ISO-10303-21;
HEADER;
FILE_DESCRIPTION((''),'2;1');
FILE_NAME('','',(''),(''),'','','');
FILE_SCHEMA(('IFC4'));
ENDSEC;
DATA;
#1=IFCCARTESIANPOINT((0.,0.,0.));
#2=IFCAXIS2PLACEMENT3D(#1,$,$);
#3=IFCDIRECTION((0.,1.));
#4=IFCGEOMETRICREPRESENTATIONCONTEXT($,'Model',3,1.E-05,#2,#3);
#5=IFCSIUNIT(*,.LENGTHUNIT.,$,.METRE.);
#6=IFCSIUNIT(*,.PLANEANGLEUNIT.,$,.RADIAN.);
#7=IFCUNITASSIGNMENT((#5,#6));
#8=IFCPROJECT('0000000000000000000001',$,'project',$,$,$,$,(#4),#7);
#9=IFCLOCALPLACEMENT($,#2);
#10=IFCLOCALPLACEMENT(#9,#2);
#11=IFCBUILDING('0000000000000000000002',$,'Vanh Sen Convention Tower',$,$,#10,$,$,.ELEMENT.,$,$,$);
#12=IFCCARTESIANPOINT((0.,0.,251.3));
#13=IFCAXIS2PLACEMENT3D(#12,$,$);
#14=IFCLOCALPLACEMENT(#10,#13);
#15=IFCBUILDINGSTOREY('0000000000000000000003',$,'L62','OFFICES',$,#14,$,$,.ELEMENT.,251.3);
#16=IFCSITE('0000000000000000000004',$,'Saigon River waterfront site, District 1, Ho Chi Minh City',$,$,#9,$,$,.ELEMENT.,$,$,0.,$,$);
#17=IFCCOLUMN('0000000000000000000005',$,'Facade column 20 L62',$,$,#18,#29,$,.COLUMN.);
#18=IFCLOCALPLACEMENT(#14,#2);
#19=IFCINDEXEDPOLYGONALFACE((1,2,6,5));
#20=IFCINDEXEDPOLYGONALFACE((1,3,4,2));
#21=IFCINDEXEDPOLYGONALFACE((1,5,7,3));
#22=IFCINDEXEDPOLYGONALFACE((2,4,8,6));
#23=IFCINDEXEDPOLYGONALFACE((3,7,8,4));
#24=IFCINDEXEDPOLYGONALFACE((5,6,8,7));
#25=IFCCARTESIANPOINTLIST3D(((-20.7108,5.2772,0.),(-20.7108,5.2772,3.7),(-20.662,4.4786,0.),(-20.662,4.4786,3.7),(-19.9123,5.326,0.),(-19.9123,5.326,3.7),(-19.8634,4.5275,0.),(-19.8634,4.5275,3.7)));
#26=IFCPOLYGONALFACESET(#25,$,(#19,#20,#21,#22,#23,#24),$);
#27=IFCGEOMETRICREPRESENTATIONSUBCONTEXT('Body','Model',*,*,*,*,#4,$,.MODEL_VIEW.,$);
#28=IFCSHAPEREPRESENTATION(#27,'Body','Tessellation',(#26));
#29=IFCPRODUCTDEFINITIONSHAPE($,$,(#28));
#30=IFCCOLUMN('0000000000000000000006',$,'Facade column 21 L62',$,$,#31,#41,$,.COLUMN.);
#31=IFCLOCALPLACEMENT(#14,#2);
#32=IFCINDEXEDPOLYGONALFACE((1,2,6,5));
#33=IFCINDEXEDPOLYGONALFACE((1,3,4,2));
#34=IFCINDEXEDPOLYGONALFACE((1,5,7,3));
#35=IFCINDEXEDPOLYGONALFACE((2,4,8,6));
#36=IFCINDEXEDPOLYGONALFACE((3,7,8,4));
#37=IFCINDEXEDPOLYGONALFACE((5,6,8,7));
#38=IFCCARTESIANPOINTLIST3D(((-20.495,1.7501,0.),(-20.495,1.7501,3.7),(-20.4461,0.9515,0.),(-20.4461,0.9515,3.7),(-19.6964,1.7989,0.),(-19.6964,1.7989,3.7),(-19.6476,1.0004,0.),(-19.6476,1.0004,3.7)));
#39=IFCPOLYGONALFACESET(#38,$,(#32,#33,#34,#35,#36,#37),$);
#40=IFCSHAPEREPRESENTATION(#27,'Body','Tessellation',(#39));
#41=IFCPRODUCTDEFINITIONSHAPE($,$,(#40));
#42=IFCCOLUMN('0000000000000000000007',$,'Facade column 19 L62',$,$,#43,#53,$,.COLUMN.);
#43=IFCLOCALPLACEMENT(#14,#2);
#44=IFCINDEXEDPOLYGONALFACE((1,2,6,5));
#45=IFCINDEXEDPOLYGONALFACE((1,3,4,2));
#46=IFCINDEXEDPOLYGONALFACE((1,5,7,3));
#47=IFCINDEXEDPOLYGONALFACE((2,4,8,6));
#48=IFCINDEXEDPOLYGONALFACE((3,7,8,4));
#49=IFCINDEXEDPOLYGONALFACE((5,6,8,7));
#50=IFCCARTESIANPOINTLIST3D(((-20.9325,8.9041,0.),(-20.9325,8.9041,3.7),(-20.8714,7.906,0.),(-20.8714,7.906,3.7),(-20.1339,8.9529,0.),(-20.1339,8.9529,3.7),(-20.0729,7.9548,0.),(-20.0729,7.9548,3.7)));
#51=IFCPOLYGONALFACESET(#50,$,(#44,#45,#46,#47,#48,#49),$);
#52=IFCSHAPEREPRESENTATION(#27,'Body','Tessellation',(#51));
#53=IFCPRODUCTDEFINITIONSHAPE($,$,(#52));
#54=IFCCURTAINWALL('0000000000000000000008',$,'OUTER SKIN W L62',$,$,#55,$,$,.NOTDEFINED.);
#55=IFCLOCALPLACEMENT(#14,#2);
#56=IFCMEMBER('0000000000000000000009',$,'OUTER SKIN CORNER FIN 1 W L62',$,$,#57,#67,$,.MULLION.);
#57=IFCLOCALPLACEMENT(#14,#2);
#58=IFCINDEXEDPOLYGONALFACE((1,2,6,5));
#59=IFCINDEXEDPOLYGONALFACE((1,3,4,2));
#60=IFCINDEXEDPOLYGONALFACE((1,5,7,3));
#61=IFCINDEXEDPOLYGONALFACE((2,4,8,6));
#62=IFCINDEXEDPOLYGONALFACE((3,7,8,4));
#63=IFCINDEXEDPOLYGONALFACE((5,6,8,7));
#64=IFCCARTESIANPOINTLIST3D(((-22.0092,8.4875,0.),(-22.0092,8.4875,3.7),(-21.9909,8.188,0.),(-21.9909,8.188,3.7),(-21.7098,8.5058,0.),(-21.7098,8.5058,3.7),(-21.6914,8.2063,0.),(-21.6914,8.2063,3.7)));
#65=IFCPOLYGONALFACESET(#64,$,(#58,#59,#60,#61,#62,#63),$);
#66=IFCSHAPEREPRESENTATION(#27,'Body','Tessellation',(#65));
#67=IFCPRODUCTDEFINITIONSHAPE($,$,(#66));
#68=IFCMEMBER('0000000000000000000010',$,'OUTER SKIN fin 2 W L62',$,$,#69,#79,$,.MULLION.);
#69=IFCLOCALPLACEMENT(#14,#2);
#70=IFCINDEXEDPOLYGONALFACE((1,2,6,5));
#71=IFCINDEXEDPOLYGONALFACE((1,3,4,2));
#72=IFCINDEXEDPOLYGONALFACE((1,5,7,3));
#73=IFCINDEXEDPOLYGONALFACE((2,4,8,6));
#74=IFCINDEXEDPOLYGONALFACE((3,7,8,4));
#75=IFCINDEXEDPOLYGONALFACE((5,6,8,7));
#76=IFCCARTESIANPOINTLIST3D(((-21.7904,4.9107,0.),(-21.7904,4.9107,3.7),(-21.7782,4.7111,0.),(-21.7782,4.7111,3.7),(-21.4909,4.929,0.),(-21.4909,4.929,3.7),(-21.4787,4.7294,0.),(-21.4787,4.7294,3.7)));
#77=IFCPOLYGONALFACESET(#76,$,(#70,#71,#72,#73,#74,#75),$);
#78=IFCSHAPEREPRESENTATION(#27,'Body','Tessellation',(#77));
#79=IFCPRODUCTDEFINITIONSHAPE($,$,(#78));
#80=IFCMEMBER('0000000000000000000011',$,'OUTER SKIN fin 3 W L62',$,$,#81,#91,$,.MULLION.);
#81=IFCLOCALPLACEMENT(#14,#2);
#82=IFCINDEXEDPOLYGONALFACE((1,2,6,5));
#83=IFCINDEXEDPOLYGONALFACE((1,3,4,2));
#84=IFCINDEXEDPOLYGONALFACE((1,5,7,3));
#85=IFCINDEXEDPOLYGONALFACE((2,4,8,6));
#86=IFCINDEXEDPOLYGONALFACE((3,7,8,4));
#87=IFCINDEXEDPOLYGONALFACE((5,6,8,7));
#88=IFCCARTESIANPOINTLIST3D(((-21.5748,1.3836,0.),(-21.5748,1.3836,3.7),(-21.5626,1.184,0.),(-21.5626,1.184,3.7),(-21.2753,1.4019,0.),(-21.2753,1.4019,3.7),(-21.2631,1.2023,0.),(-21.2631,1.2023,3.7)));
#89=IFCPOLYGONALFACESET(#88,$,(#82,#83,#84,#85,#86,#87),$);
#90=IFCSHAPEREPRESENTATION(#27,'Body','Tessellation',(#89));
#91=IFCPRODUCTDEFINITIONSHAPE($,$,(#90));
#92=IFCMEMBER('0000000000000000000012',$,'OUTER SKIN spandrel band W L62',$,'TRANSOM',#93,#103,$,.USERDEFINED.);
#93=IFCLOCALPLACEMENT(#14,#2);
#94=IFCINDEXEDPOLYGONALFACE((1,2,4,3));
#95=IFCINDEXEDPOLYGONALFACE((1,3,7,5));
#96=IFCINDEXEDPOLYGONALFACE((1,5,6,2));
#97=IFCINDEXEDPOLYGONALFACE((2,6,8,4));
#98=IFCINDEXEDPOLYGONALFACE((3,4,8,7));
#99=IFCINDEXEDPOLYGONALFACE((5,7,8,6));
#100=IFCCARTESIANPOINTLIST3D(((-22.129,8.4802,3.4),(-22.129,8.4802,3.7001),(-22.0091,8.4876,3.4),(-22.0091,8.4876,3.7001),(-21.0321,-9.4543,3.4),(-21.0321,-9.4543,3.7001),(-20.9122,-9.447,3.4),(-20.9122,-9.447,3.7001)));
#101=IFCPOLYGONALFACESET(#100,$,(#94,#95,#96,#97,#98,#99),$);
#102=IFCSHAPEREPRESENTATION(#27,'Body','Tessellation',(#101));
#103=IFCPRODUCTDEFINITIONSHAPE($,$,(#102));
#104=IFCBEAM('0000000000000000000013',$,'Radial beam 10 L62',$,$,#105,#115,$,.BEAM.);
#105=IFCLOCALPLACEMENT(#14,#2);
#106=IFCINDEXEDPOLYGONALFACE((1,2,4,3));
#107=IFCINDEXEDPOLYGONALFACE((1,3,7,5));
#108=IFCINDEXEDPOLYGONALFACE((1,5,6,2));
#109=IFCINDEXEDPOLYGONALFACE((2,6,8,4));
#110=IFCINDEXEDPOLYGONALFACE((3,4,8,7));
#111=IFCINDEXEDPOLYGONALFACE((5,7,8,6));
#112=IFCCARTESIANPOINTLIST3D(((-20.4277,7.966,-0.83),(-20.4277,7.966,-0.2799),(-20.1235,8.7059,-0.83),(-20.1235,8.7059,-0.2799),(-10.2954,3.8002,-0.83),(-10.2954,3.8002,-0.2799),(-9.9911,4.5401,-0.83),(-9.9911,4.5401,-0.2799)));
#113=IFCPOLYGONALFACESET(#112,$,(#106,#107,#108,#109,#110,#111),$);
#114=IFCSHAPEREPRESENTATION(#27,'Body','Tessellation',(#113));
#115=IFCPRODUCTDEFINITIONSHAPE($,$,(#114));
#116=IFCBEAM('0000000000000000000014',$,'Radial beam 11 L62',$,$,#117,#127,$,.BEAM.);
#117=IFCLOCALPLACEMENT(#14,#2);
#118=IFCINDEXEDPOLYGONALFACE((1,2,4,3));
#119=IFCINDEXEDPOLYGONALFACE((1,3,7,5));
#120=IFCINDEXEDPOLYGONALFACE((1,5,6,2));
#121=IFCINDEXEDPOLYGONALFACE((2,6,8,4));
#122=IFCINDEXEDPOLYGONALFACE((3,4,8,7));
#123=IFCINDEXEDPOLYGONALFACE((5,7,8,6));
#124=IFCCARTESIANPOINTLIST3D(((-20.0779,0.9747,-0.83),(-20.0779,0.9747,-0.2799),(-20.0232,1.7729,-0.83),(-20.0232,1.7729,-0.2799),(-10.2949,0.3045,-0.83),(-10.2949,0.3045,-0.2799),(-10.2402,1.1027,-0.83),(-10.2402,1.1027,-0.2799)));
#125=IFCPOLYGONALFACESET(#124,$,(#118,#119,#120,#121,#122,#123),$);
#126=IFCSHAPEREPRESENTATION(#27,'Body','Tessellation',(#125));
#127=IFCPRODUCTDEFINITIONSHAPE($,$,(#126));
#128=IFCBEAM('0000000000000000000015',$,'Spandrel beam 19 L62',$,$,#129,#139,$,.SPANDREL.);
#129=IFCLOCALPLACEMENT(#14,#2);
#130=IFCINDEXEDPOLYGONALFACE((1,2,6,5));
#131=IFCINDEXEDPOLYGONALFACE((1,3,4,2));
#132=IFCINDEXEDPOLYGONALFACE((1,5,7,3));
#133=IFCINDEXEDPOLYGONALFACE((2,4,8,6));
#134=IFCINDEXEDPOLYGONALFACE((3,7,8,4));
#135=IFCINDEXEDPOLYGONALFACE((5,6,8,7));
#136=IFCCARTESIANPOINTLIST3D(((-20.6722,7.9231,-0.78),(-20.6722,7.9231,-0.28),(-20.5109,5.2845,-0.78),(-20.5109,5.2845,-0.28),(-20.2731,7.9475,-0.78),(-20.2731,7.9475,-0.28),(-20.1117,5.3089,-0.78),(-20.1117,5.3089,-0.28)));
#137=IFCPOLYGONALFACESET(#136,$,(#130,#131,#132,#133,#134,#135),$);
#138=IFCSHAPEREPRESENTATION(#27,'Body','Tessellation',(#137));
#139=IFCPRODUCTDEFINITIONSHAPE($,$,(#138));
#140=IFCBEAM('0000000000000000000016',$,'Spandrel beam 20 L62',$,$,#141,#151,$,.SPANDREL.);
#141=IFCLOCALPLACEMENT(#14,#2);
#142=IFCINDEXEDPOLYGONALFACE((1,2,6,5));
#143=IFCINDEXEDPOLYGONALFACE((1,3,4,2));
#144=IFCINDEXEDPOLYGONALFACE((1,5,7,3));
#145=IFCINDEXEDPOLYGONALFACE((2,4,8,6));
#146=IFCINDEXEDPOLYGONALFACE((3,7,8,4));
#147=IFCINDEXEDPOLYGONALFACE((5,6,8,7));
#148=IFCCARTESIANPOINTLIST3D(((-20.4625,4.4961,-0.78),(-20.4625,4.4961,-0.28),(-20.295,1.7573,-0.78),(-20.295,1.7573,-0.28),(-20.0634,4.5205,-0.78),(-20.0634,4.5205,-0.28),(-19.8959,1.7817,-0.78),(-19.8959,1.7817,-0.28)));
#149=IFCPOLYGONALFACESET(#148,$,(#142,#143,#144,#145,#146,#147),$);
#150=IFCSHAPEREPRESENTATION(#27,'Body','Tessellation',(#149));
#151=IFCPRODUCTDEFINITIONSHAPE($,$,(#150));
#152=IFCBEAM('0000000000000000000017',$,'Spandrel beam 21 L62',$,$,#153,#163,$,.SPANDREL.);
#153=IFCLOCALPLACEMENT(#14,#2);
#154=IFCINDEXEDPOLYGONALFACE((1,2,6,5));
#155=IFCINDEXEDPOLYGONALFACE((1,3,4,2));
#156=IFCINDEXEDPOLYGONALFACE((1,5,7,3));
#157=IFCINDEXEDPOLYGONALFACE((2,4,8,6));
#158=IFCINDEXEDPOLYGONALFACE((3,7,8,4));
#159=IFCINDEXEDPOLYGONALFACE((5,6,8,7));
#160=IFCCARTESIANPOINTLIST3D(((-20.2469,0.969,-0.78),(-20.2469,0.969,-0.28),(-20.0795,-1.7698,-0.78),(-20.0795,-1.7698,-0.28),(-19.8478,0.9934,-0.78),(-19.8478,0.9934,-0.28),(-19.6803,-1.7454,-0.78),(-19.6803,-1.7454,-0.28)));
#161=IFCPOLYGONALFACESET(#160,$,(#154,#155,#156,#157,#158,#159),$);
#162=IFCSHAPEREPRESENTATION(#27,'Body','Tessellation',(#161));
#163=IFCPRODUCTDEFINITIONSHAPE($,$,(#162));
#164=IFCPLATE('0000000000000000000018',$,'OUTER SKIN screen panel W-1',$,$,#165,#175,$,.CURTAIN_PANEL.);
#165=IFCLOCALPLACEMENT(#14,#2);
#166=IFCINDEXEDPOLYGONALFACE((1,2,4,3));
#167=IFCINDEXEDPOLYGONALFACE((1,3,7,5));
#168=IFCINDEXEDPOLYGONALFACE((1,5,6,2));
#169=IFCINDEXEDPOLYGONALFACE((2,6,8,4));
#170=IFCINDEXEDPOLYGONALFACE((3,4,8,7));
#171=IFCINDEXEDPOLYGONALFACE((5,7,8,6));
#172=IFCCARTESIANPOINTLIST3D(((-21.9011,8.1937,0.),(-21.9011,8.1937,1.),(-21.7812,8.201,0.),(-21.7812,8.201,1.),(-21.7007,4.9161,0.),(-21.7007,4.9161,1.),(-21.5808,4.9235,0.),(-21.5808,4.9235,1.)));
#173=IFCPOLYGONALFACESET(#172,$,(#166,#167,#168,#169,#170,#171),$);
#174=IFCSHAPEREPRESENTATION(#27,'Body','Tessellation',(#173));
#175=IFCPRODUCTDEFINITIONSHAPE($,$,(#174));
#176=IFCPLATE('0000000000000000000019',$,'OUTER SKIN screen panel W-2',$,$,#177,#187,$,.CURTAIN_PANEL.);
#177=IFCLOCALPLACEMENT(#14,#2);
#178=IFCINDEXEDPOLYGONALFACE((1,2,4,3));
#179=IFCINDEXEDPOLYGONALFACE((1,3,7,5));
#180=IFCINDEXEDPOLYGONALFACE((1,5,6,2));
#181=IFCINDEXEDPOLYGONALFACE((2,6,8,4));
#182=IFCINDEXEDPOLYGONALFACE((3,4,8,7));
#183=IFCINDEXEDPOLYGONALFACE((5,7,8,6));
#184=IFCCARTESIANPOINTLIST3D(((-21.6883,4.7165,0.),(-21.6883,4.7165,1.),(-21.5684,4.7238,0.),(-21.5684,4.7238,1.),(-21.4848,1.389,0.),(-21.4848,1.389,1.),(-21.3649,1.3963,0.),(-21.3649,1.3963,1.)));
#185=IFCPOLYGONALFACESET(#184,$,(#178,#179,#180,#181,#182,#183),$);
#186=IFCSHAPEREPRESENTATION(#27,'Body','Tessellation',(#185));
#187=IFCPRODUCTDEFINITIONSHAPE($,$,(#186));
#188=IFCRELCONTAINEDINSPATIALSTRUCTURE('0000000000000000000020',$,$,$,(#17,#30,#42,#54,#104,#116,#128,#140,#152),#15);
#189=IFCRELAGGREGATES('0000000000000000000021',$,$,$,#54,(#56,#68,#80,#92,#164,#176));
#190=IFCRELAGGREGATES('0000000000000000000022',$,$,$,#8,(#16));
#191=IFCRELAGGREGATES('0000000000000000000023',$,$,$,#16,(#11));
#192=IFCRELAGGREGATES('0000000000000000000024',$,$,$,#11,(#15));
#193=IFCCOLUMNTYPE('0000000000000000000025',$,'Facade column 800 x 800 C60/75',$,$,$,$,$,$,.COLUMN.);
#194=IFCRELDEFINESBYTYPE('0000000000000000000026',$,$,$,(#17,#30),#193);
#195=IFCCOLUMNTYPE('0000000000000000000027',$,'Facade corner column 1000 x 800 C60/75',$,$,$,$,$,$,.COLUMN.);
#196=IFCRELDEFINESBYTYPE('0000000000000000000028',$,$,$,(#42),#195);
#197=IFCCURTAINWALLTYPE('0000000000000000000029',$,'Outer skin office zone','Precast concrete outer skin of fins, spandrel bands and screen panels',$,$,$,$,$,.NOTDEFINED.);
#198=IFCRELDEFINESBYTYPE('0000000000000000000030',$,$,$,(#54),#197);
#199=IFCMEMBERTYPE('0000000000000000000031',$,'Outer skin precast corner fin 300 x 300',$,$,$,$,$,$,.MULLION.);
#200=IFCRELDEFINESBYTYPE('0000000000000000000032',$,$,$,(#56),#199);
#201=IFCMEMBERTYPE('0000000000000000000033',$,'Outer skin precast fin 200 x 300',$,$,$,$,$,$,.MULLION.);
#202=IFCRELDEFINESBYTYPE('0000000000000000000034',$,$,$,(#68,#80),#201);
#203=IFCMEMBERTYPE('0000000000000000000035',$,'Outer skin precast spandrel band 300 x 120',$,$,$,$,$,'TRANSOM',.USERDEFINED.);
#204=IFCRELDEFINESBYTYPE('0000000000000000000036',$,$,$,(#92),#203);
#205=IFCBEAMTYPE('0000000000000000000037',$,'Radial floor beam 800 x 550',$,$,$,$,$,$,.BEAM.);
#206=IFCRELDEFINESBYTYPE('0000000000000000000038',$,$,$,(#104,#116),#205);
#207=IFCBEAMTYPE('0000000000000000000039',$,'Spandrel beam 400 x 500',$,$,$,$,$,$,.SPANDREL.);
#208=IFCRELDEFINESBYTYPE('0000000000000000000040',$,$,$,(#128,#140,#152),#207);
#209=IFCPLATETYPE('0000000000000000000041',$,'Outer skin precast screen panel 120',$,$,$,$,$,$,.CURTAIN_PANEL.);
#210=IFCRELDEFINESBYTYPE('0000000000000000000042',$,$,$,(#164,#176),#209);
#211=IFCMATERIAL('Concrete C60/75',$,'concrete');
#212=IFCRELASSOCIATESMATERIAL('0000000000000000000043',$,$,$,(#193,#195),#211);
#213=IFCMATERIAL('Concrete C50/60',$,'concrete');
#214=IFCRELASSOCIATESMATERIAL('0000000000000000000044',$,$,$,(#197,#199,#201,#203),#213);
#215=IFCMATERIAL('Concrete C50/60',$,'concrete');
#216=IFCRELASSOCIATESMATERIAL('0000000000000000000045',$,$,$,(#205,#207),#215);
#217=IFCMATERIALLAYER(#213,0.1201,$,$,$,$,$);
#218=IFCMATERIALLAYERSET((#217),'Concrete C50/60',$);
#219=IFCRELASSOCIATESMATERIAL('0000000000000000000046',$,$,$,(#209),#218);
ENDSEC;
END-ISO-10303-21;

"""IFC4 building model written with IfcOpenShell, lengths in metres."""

from ifc_helpers import new_model, si_unit, direction, frame, origin, origin_2d, place, context, subcontext, project, spatial, rectangle, extrude, material, layer, layer_set, material_profile, profile_set, type_object, element, aggregate, save


model = new_model("IFC4")

# Units and contexts
model_context = context("Model", 3, precision=1e-05, world=origin(), true_north=direction((0.0, 1.0)))
body_context = subcontext(model_context, "Body", "Model", "MODEL_VIEW")
ifc_project = project(units=[si_unit("LENGTHUNIT", "METRE"), si_unit("PLANEANGLEUNIT", "RADIAN")], contexts=[model_context])

# Site, building, storey
site_placement = place(None, origin())
site = spatial("IfcSite", under=ifc_project, at=site_placement, Name="Saigon River waterfront site, District 1, Ho Chi Minh City", CompositionType="ELEMENT", RefElevation=0.0)
building_placement = place(site_placement, origin())
building = spatial("IfcBuilding", under=site, at=building_placement, Name="Vanh Sen Convention Tower", CompositionType="ELEMENT")
storey_placement = place(building_placement, frame((0.0, 0.0, 251.3)))
storey = spatial("IfcBuildingStorey", under=building, at=storey_placement, Name="L62", Description="OFFICES", CompositionType="ELEMENT", Elevation=251.3)

# Columns
ifc_material_1 = material(Name="Concrete C60/75", Category="concrete")
ifc_material_profile_1 = material_profile(ifc_material_1, rectangle(XDim=0.8, YDim=0.8, at=origin_2d()), Name="RC 800X800")
ifc_profile_set_1 = profile_set([ifc_material_profile_1], Name="Concrete C60/75")
column_type_1 = type_object("IfcColumnType", Name="Facade column 800 x 800 C60/75", PredefinedType="COLUMN", material=ifc_profile_set_1)
for number, where, z_axis, x_axis, name in (
    (1, (-20.2871, 4.9023, 0.0), (0.0, 0.0, 1.0), (0.061049, -0.998135, 0.0), "Facade column 20 L62"),
    (2, (-20.0713, 1.3752, 0.0), (0.0, 0.0, 1.0), (0.061049, -0.998135, 0.0), "Facade column 21 L62"),
):
    element("IfcColumn", number, at=place(storey_placement, frame(where, z_axis=z_axis, x_axis=x_axis)), inside=storey, type_object=column_type_1, Name=name, PredefinedType="COLUMN", context=body_context, shape_type="SweptSolid", body=[
        extrude(rectangle(XDim=0.8, YDim=0.8, at=origin_2d()), origin(), (0.0, 0.0, 1.0), 3.7),
    ])
ifc_material_profile_2 = material_profile(ifc_material_1, rectangle(XDim=1.0, YDim=0.8, at=origin_2d()), Name="RC 1000X800")
ifc_profile_set_2 = profile_set([ifc_material_profile_2], Name="Concrete C60/75")
column_type_2 = type_object("IfcColumnType", Name="Facade corner column 1000 x 800 C60/75", PredefinedType="COLUMN", material=ifc_profile_set_2)
column_placement = place(storey_placement, frame((-20.5027, 8.4294, 0.0), z_axis=(0.0, 0.0, 1.0), x_axis=(0.061049, -0.998135, 0.0)))
element("IfcColumn", 3, at=column_placement, inside=storey, type_object=column_type_2, Name="Facade column 19 L62", PredefinedType="COLUMN", context=body_context, shape_type="SweptSolid", body=[
    extrude(rectangle(XDim=1.0, YDim=0.8, at=origin_2d()), origin(), (0.0, 0.0, 1.0), 3.7),
])

# Curtain wall, members
ifc_material_2 = material(Name="Concrete C50/60", Category="concrete")
curtain_wall_type = type_object("IfcCurtainWallType", Name="Outer skin office zone", Description="Precast concrete outer skin of fins, spandrel bands and screen panels", PredefinedType="NOTDEFINED", material=ifc_material_2)
curtain_wall_placement = place(storey_placement, origin())
curtain_wall = element("IfcCurtainWall", 4, at=curtain_wall_placement, inside=storey, type_object=curtain_wall_type, Name="OUTER SKIN W L62", PredefinedType="NOTDEFINED")
ifc_material_profile_3 = material_profile(ifc_material_2, rectangle(XDim=0.3, YDim=0.3, at=origin_2d()), Name="Outer skin precast corner fin 300 x 300")
ifc_profile_set_3 = profile_set([ifc_material_profile_3], Name="Concrete C50/60")
member_type_1 = type_object("IfcMemberType", Name="Outer skin precast corner fin 300 x 300", PredefinedType="MULLION", material=ifc_profile_set_3)
member_1_placement = place(storey_placement, frame((-21.8503, 8.3469, 0.0), z_axis=(0.0, 0.0, 1.0), x_axis=(0.061049, -0.998135, 0.0)))
member_1 = element("IfcMember", 5, at=member_1_placement, type_object=member_type_1, Name="OUTER SKIN CORNER FIN 1 W L62", PredefinedType="MULLION", context=body_context, shape_type="SweptSolid", body=[
    extrude(rectangle(XDim=0.3, YDim=0.3, at=origin_2d()), origin(), (0.0, 0.0, 1.0), 3.7),
])
ifc_material_profile_4 = material_profile(ifc_material_2, rectangle(XDim=0.2, YDim=0.3, at=origin_2d()), Name="Outer skin precast fin 200 x 300")
ifc_profile_set_4 = profile_set([ifc_material_profile_4], Name="Concrete C50/60")
member_type_2 = type_object("IfcMemberType", Name="Outer skin precast fin 200 x 300", PredefinedType="MULLION", material=ifc_profile_set_4)
member_2_placement = place(storey_placement, frame((-21.6345, 4.8201, 0.0), z_axis=(0.0, 0.0, 1.0), x_axis=(0.061049, -0.998135, 0.0)))
member_2 = element("IfcMember", 6, at=member_2_placement, type_object=member_type_2, Name="OUTER SKIN fin 2 W L62", PredefinedType="MULLION", context=body_context, shape_type="SweptSolid", body=[
    extrude(rectangle(XDim=0.2, YDim=0.3, at=origin_2d()), origin(), (0.0, 0.0, 1.0), 3.7),
])
member_3_placement = place(storey_placement, frame((-21.4189, 1.293, 0.0), z_axis=(0.0, 0.0, 1.0), x_axis=(0.061049, -0.998135, 0.0)))
member_3 = element("IfcMember", 7, at=member_3_placement, type_object=member_type_2, Name="OUTER SKIN fin 3 W L62", PredefinedType="MULLION", context=body_context, shape_type="SweptSolid", body=[
    extrude(rectangle(XDim=0.2, YDim=0.3, at=origin_2d()), origin(), (0.0, 0.0, 1.0), 3.7),
])
ifc_material_profile_5 = material_profile(ifc_material_2, rectangle(XDim=0.1201, YDim=0.3, at=origin_2d()), Name="Outer skin precast spandrel band 300 x 120")
ifc_profile_set_5 = profile_set([ifc_material_profile_5], Name="Concrete C50/60")
member_type_3 = type_object("IfcMemberType", Name="Outer skin precast spandrel band 300 x 120", ElementType="TRANSOM", PredefinedType="USERDEFINED", material=ifc_profile_set_5)
member_4_placement = place(storey_placement, frame((-22.0691, 8.4839, 3.55), z_axis=(0.061048, -0.998135, 0.0), x_axis=(0.998135, 0.061048, 0.0)))
member_4 = element("IfcMember", 8, at=member_4_placement, type_object=member_type_3, Name="OUTER SKIN spandrel band W L62", ObjectType="TRANSOM", PredefinedType="USERDEFINED", context=body_context, shape_type="SweptSolid", body=[
    extrude(rectangle(XDim=0.1201, YDim=0.3, at=origin_2d()), origin(), (0.0, 0.0, 1.0), 17.968),
])

# Beams
ifc_material_3 = material(Name="Concrete C50/60", Category="concrete")
ifc_material_profile_6 = material_profile(ifc_material_3, rectangle(XDim=0.8, YDim=0.55, at=origin_2d()), Name="RC 800X550")
ifc_profile_set_6 = profile_set([ifc_material_profile_6], Name="Concrete C50/60")
beam_type_1 = type_object("IfcBeamType", Name="Radial floor beam 800 x 550", PredefinedType="BEAM", material=ifc_profile_set_6)
beam_1_placement = place(storey_placement, frame((-20.2756, 8.3359, -0.5549), z_axis=(0.924882, -0.380253, 0.0), x_axis=(0.380253, 0.924882, 0.0)))
element("IfcBeam", 9, at=beam_1_placement, inside=storey, type_object=beam_type_1, Name="Radial beam 10 L62", PredefinedType="BEAM", context=body_context, shape_type="SweptSolid", body=[
    extrude(rectangle(XDim=0.8, YDim=0.55, at=origin_2d()), origin(), (0.0, 0.0, 1.0), 10.9553),
])
beam_2_placement = place(storey_placement, frame((-20.0505, 1.3738, -0.5549), z_axis=(0.997662, -0.068343, 0.0), x_axis=(0.068343, 0.997662, 0.0)))
element("IfcBeam", 10, at=beam_2_placement, inside=storey, type_object=beam_type_1, Name="Radial beam 11 L62", PredefinedType="BEAM", context=body_context, shape_type="SweptSolid", body=[
    extrude(rectangle(XDim=0.8, YDim=0.55, at=origin_2d()), origin(), (0.0, 0.0, 1.0), 9.8059),
])
ifc_material_profile_7 = material_profile(ifc_material_3, rectangle(XDim=0.3999, YDim=0.5, at=origin_2d()), Name="RC 400X500")
ifc_profile_set_7 = profile_set([ifc_material_profile_7], Name="Concrete C50/60")
beam_type_2 = type_object("IfcBeamType", Name="Spandrel beam 400 x 500", PredefinedType="SPANDREL", material=ifc_profile_set_7)
beam_3_placement = place(storey_placement, frame((-20.4727, 7.9353, -0.53), z_axis=(0.061044, -0.998135, 0.0), x_axis=(0.998135, 0.061044, 0.0)))
element("IfcBeam", 11, at=beam_3_placement, inside=storey, type_object=beam_type_2, Name="Spandrel beam 19 L62", PredefinedType="SPANDREL", context=body_context, shape_type="SweptSolid", body=[
    extrude(rectangle(XDim=0.3999, YDim=0.5, at=origin_2d()), origin(), (0.0, 0.0, 1.0), 2.6436),
])
for number, where, z_axis, x_axis, name in (
    (12, (-20.2629, 4.5083, -0.53), (0.061038, -0.998135, 0.0), (0.998135, 0.061038, 0.0), "Spandrel beam 20 L62"),
    (13, (-20.0474, 0.9812, -0.53), (0.061038, -0.998135, 0.0), (0.998135, 0.061038, 0.0), "Spandrel beam 21 L62"),
):
    element("IfcBeam", number, at=place(storey_placement, frame(where, z_axis=z_axis, x_axis=x_axis)), inside=storey, type_object=beam_type_2, Name=name, PredefinedType="SPANDREL", context=body_context, shape_type="SweptSolid", body=[
        extrude(rectangle(XDim=0.3999, YDim=0.5, at=origin_2d()), origin(), (0.0, 0.0, 1.0), 2.7439),
    ])

# Plates
ifc_layer_1 = layer(ifc_material_2, 0.1201)
ifc_layer_set_1 = layer_set([ifc_layer_1], Name="Concrete C50/60")
plate_type = type_object("IfcPlateType", Name="Outer skin precast screen panel 120", PredefinedType="CURTAIN_PANEL", material=ifc_layer_set_1)
plate_1_placement = place(storey_placement, frame((-21.741, 6.5586, 0.0), z_axis=(0.0, 0.0, 1.0), x_axis=(0.061043, -0.998135, 0.0)))
plate_1 = element("IfcPlate", 14, at=plate_1_placement, type_object=plate_type, Name="OUTER SKIN screen panel W-1", PredefinedType="CURTAIN_PANEL", context=body_context, shape_type="SweptSolid", body=[
    extrude(rectangle(XDim=3.2837, YDim=0.1201, at=origin_2d()), origin(), (0.0, 0.0, 1.0), 1.0),
])
plate_2_placement = place(storey_placement, frame((-21.5266, 3.0564, 0.0), z_axis=(0.0, 0.0, 1.0), x_axis=(0.061042, -0.998135, 0.0)))
plate_2 = element("IfcPlate", 15, at=plate_2_placement, type_object=plate_type, Name="OUTER SKIN screen panel W-2", PredefinedType="CURTAIN_PANEL", context=body_context, shape_type="SweptSolid", body=[
    extrude(rectangle(XDim=3.3337, YDim=0.1201, at=origin_2d()), origin(), (0.0, 0.0, 1.0), 1.0),
])
aggregate(curtain_wall, [member_1, member_2, member_3, member_4, plate_1, plate_2])

save(model, "model.ifc")
